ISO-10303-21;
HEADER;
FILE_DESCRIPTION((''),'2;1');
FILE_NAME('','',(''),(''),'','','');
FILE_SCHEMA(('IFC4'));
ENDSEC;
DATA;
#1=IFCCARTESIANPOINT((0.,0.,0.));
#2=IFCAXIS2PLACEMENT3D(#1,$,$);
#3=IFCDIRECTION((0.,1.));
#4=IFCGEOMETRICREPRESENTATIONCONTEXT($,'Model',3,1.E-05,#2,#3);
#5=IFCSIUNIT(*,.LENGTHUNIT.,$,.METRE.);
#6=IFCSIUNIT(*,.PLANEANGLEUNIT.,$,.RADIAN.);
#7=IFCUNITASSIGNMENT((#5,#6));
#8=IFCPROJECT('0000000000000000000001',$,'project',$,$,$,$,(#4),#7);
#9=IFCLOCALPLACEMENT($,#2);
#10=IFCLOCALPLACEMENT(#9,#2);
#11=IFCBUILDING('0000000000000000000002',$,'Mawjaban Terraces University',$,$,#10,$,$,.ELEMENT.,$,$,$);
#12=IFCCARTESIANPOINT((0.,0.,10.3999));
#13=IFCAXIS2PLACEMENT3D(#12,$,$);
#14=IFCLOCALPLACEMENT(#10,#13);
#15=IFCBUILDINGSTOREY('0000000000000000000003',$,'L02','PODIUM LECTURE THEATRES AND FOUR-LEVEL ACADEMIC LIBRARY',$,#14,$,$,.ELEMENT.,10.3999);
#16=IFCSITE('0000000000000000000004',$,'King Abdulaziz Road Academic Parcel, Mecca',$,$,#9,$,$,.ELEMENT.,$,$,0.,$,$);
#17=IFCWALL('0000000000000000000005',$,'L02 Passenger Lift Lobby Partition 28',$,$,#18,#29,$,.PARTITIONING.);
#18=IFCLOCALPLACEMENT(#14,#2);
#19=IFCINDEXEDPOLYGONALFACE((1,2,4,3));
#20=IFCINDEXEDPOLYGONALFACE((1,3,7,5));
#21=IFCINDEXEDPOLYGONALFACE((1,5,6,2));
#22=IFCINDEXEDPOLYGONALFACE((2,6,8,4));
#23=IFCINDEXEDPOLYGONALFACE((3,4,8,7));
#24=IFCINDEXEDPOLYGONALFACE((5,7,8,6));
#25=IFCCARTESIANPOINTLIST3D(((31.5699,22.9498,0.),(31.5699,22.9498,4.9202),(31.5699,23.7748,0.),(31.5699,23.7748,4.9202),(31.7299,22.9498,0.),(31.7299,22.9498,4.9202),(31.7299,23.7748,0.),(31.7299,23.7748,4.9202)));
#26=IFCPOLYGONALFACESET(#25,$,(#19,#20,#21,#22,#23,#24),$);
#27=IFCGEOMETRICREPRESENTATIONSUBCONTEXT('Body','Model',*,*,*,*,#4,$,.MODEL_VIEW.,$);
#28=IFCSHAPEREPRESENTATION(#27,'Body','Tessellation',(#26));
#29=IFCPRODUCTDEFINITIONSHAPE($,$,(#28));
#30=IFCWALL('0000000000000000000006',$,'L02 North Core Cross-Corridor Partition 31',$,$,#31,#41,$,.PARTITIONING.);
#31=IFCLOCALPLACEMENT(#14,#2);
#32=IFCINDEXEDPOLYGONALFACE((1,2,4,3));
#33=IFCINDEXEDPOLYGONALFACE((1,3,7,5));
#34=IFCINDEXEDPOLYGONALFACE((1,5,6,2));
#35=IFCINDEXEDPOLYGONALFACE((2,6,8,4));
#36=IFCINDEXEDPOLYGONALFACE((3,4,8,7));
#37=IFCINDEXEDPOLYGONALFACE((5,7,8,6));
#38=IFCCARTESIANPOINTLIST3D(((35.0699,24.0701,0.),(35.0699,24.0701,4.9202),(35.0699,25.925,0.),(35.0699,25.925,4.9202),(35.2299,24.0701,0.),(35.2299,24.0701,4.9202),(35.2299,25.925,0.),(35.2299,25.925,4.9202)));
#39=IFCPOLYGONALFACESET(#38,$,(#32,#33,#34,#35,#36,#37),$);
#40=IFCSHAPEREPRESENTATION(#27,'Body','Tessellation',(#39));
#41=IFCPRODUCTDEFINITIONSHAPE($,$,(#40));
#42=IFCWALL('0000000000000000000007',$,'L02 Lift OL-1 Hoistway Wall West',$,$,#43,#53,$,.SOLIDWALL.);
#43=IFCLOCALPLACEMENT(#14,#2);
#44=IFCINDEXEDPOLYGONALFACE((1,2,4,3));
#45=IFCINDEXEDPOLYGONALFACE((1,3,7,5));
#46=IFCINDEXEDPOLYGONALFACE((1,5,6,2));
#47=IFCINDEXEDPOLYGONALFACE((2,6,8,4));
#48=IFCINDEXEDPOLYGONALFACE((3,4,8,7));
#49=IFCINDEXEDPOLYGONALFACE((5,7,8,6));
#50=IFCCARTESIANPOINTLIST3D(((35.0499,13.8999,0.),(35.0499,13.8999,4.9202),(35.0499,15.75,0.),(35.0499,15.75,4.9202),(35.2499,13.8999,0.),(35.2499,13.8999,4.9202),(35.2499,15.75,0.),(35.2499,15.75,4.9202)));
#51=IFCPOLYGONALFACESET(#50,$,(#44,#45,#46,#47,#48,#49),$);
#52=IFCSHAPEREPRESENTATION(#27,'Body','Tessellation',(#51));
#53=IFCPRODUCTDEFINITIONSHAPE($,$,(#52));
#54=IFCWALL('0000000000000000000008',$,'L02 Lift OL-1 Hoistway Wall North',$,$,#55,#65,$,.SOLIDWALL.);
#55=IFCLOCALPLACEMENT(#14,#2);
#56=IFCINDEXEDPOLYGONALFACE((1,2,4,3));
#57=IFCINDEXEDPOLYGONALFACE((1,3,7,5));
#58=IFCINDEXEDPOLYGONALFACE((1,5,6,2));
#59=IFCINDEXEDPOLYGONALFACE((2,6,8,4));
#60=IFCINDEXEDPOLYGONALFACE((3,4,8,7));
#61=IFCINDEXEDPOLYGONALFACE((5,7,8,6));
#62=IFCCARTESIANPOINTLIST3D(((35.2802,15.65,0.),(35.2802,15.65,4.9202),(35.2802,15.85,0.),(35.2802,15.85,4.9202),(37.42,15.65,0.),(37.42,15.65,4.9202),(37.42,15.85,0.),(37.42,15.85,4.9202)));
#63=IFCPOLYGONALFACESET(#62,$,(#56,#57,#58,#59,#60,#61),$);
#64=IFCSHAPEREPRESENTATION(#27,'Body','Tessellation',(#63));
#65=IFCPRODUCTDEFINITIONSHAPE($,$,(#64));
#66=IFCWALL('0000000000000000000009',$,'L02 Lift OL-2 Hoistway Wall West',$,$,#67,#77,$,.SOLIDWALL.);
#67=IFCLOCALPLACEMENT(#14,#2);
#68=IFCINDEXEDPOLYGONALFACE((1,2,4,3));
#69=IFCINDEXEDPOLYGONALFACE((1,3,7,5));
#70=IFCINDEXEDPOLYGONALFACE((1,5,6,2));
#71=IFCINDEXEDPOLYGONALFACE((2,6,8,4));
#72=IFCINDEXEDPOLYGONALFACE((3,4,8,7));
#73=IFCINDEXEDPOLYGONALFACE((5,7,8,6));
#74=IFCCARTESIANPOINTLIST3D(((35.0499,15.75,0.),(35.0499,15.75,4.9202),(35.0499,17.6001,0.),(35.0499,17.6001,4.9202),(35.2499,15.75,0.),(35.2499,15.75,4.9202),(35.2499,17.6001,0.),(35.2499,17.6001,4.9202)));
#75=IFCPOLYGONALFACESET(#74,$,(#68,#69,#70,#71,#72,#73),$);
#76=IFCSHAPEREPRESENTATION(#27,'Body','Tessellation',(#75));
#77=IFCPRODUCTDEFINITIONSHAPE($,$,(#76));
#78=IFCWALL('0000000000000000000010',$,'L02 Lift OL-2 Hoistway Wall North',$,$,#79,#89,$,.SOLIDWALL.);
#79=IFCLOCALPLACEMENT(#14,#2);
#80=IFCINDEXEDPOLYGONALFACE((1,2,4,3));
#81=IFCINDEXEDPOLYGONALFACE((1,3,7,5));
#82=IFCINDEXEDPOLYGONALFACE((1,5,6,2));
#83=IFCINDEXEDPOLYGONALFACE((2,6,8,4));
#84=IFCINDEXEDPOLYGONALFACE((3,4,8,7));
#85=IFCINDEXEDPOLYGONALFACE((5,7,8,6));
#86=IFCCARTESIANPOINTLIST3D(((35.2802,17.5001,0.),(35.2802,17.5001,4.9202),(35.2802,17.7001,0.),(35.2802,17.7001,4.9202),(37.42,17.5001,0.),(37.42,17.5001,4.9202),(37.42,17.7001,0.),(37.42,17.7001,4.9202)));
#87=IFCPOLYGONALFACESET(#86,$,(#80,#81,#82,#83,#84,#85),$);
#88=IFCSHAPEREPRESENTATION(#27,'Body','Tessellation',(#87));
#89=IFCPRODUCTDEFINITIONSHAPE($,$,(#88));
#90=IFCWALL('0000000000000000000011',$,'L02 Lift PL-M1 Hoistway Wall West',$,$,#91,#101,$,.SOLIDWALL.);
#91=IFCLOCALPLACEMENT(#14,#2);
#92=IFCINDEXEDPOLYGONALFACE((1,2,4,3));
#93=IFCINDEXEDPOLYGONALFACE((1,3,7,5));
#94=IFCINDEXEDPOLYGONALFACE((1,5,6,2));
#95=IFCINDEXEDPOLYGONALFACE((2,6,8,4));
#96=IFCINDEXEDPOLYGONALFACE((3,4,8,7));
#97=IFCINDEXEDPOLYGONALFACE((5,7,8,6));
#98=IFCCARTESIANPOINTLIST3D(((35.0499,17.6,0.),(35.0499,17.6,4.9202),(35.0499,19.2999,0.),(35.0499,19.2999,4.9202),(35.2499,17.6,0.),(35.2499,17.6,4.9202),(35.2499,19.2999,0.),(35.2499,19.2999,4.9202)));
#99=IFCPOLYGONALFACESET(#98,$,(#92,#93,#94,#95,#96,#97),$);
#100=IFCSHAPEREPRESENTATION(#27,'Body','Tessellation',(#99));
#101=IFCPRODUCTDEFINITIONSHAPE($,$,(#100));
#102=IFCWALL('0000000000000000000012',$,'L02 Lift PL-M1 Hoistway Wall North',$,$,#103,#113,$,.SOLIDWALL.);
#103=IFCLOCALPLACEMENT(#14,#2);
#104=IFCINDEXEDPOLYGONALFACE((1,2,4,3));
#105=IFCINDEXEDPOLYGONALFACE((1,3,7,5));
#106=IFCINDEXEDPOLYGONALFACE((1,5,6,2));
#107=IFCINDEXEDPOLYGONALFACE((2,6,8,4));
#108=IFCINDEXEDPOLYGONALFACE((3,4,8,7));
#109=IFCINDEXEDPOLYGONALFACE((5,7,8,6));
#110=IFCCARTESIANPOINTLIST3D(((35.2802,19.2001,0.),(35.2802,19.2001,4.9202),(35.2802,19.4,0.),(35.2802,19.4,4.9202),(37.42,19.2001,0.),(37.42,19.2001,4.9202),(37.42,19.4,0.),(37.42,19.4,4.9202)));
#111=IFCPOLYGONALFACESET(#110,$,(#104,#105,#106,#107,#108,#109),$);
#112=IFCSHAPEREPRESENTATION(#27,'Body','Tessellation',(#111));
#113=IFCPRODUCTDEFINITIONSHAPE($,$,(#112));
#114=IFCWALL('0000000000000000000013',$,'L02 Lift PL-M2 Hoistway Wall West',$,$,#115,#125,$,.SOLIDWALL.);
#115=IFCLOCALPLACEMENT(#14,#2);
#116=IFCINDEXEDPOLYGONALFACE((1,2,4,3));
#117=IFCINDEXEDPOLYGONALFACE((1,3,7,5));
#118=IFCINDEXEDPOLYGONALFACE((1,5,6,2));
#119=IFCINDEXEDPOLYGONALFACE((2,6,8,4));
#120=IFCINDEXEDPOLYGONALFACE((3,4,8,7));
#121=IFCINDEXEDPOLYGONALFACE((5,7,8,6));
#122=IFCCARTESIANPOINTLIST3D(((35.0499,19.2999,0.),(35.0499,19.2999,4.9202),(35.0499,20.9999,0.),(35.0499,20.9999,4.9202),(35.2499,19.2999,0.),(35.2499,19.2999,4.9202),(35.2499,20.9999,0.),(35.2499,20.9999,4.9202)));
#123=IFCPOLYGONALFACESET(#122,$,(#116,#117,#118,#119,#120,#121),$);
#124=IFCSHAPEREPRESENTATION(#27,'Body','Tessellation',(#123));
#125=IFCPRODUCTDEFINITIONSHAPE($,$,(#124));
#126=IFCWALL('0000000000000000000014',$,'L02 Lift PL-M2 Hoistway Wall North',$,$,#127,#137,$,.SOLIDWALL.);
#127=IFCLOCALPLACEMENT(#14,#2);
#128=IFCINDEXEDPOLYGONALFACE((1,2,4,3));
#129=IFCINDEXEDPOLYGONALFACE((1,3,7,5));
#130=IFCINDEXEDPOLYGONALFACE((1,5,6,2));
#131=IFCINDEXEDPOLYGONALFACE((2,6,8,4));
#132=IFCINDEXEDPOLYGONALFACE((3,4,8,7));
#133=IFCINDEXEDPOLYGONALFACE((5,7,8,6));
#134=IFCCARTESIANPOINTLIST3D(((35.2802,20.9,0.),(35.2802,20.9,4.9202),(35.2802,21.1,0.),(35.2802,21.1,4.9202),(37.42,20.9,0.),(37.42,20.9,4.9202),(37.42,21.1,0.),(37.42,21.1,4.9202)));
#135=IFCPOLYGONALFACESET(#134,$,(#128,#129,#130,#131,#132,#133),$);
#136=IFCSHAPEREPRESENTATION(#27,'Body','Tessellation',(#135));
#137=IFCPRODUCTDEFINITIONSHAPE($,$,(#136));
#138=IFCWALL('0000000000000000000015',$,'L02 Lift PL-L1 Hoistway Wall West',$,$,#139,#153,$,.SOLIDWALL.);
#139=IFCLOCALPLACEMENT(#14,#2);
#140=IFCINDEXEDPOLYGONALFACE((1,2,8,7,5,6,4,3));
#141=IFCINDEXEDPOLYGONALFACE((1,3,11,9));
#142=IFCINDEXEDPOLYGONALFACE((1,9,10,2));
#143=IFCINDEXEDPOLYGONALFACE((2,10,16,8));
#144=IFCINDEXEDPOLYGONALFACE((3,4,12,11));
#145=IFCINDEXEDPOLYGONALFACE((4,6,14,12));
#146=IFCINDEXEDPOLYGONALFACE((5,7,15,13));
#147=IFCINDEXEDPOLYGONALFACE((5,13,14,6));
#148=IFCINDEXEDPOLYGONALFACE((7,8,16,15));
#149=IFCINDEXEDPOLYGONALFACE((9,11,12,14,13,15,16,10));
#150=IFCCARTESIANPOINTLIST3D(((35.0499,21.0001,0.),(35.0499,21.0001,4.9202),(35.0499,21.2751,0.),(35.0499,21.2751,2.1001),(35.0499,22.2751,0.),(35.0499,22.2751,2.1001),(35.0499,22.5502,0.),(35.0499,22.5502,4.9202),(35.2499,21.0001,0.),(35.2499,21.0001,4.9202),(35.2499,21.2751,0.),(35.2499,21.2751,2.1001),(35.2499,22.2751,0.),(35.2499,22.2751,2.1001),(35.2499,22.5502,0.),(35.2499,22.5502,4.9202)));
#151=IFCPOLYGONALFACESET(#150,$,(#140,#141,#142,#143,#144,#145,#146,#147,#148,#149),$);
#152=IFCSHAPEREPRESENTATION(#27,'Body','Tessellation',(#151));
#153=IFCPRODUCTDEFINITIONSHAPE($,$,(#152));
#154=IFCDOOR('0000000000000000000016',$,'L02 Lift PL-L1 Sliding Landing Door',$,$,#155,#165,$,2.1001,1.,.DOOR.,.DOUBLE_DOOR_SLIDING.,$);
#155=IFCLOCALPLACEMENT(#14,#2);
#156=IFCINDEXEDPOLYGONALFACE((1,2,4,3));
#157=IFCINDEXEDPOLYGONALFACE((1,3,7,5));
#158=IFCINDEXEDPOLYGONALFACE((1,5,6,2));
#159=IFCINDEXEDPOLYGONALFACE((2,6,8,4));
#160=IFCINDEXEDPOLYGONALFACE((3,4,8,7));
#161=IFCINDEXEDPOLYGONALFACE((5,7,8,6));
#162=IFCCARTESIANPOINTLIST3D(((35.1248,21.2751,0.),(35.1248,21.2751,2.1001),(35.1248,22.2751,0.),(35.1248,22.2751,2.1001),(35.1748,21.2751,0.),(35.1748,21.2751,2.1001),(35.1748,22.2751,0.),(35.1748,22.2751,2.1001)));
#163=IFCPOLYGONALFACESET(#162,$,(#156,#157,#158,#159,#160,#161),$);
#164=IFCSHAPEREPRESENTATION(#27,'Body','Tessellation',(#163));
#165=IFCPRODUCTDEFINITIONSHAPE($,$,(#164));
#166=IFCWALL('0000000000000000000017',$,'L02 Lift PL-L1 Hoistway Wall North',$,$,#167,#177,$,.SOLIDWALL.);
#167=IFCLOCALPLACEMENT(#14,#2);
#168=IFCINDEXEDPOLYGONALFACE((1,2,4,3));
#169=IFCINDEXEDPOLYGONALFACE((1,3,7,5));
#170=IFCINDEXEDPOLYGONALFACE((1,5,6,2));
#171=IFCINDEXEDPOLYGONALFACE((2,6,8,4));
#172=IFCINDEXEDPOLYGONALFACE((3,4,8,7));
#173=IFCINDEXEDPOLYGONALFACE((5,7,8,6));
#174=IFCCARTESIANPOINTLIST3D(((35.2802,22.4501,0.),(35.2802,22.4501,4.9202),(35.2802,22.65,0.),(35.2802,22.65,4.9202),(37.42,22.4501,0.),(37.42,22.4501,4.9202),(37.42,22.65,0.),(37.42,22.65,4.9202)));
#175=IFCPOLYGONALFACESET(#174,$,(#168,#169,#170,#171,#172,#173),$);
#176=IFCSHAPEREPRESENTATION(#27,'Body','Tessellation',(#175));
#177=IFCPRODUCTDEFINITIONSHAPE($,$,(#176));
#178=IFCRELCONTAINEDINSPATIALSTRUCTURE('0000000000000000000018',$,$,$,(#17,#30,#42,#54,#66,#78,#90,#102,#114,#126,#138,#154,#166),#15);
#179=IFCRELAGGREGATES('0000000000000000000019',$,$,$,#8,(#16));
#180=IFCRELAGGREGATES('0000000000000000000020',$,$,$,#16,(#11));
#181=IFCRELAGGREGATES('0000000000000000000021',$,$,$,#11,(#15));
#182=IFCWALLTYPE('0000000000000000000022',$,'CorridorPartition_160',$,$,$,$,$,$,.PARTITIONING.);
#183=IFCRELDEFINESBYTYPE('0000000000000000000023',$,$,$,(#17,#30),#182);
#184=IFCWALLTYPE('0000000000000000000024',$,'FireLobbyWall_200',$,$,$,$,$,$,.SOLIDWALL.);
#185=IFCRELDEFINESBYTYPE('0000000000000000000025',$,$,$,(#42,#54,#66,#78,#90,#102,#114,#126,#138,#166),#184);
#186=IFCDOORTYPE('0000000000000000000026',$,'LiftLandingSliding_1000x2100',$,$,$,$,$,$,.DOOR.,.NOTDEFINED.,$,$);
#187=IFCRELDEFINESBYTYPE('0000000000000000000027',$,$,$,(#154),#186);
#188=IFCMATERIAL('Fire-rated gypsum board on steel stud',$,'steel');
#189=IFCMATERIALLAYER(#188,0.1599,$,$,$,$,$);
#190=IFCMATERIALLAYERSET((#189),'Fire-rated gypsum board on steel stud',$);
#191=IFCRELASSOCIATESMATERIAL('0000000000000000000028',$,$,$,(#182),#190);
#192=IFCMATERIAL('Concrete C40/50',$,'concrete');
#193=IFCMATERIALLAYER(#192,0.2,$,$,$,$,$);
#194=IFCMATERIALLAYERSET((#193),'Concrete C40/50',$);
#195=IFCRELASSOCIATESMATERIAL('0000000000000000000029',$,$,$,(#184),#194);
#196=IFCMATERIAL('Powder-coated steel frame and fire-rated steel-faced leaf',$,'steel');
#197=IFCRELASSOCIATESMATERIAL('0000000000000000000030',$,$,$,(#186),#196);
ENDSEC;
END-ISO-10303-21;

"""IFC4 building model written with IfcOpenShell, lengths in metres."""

from ifc_helpers import new_model, si_unit, direction, frame, frame_2d, origin, place, context, subcontext, project, spatial, rectangle, extrude, material, layer, layer_set, type_object, element, fill, save


model = new_model("IFC4")

# Units and contexts
model_context = context("Model", 3, precision=1e-05, world=origin(), true_north=direction((0.0, 1.0)))
body_context = subcontext(model_context, "Body", "Model", "MODEL_VIEW")
ifc_project = project(units=[si_unit("LENGTHUNIT", "METRE"), si_unit("PLANEANGLEUNIT", "RADIAN")], contexts=[model_context])

# Site, building, storey
site_placement = place(None, origin())
site = spatial("IfcSite", under=ifc_project, at=site_placement, Name="King Abdulaziz Road Academic Parcel, Mecca", CompositionType="ELEMENT", RefElevation=0.0)
building_placement = place(site_placement, origin())
building = spatial("IfcBuilding", under=site, at=building_placement, Name="Mawjaban Terraces University", CompositionType="ELEMENT")
storey_placement = place(building_placement, frame((0.0, 0.0, 10.3999)))
storey = spatial("IfcBuildingStorey", under=building, at=storey_placement, Name="L02", Description="PODIUM LECTURE THEATRES AND FOUR-LEVEL ACADEMIC LIBRARY", CompositionType="ELEMENT", Elevation=10.3999)

# Walls
ifc_material_1 = material(Name="Fire-rated gypsum board on steel stud", Category="steel")
ifc_layer_1 = layer(ifc_material_1, 0.1599)
ifc_layer_set_1 = layer_set([ifc_layer_1], Name="Fire-rated gypsum board on steel stud")
wall_type_1 = type_object("IfcWallType", Name="CorridorPartition_160", PredefinedType="PARTITIONING", material=ifc_layer_set_1)
wall_1_placement = place(storey_placement, frame((31.6499, 23.7749, 0.0), z_axis=(0.0, 0.0, 1.0), x_axis=(0.0, -1.0, 0.0)))
element("IfcWall", 1, at=wall_1_placement, inside=storey, type_object=wall_type_1, Name="L02 Passenger Lift Lobby Partition 28", PredefinedType="PARTITIONING", context=body_context, shape_type="SweptSolid", body=[
    extrude(rectangle(XDim=0.825, YDim=0.1599, at=frame_2d((0.4126, 0.0))), origin(), (0.0, 0.0, 1.0), 4.9202),
])
wall_2_placement = place(storey_placement, frame((35.1499, 24.0701, 0.0), z_axis=(0.0, 0.0, 1.0), x_axis=(0.0, 1.0, 0.0)))
element("IfcWall", 2, at=wall_2_placement, inside=storey, type_object=wall_type_1, Name="L02 North Core Cross-Corridor Partition 31", PredefinedType="PARTITIONING", context=body_context, shape_type="SweptSolid", body=[
    extrude(rectangle(XDim=1.855, YDim=0.1599, at=frame_2d((0.9275, 0.0))), origin(), (0.0, 0.0, 1.0), 4.9202),
])
ifc_material_2 = material(Name="Concrete C40/50", Category="concrete")
ifc_layer_2 = layer(ifc_material_2, 0.2)
ifc_layer_set_2 = layer_set([ifc_layer_2], Name="Concrete C40/50")
wall_type_2 = type_object("IfcWallType", Name="FireLobbyWall_200", PredefinedType="SOLIDWALL", material=ifc_layer_set_2)
wall_3_placement = place(storey_placement, frame((35.1499, 15.75, 0.0), z_axis=(0.0, 0.0, 1.0), x_axis=(0.0, -1.0, 0.0)))
element("IfcWall", 3, at=wall_3_placement, inside=storey, type_object=wall_type_2, Name="L02 Lift OL-1 Hoistway Wall West", PredefinedType="SOLIDWALL", context=body_context, shape_type="SweptSolid", body=[
    extrude(rectangle(XDim=1.8501, YDim=0.2, at=frame_2d((0.925, 0.0))), origin(), (0.0, 0.0, 1.0), 4.9202),
])
wall_4_placement = place(storey_placement, frame((37.4199, 15.75, 0.0), z_axis=(0.0, 0.0, 1.0), x_axis=(-1.0, 0.0, 0.0)))
element("IfcWall", 4, at=wall_4_placement, inside=storey, type_object=wall_type_2, Name="L02 Lift OL-1 Hoistway Wall North", PredefinedType="SOLIDWALL", context=body_context, shape_type="SweptSolid", body=[
    extrude(rectangle(XDim=2.1399, YDim=0.2, at=frame_2d((1.0698, 0.0))), origin(), (0.0, 0.0, 1.0), 4.9202),
])
wall_5_placement = place(storey_placement, frame((35.1499, 17.6001, 0.0), z_axis=(0.0, 0.0, 1.0), x_axis=(0.0, -1.0, 0.0)))
element("IfcWall", 5, at=wall_5_placement, inside=storey, type_object=wall_type_2, Name="L02 Lift OL-2 Hoistway Wall West", PredefinedType="SOLIDWALL", context=body_context, shape_type="SweptSolid", body=[
    extrude(rectangle(XDim=1.8501, YDim=0.2, at=frame_2d((0.925, 0.0))), origin(), (0.0, 0.0, 1.0), 4.9202),
])
wall_6_placement = place(storey_placement, frame((37.4199, 17.6001, 0.0), z_axis=(0.0, 0.0, 1.0), x_axis=(-1.0, 0.0, 0.0)))
element("IfcWall", 6, at=wall_6_placement, inside=storey, type_object=wall_type_2, Name="L02 Lift OL-2 Hoistway Wall North", PredefinedType="SOLIDWALL", context=body_context, shape_type="SweptSolid", body=[
    extrude(rectangle(XDim=2.1399, YDim=0.2, at=frame_2d((1.0698, 0.0))), origin(), (0.0, 0.0, 1.0), 4.9202),
])
wall_7_placement = place(storey_placement, frame((35.1499, 19.3, 0.0), z_axis=(0.0, 0.0, 1.0), x_axis=(0.0, -1.0, 0.0)))
element("IfcWall", 7, at=wall_7_placement, inside=storey, type_object=wall_type_2, Name="L02 Lift PL-M1 Hoistway Wall West", PredefinedType="SOLIDWALL", context=body_context, shape_type="SweptSolid", body=[
    extrude(rectangle(XDim=1.7, YDim=0.2, at=frame_2d((0.8501, 0.0))), origin(), (0.0, 0.0, 1.0), 4.9202),
])
wall_8_placement = place(storey_placement, frame((37.4199, 19.3, 0.0), z_axis=(0.0, 0.0, 1.0), x_axis=(-1.0, 0.0, 0.0)))
element("IfcWall", 8, at=wall_8_placement, inside=storey, type_object=wall_type_2, Name="L02 Lift PL-M1 Hoistway Wall North", PredefinedType="SOLIDWALL", context=body_context, shape_type="SweptSolid", body=[
    extrude(rectangle(XDim=2.1399, YDim=0.2, at=frame_2d((1.0698, 0.0))), origin(), (0.0, 0.0, 1.0), 4.9202),
])
wall_9_placement = place(storey_placement, frame((35.1499, 21.0, 0.0), z_axis=(0.0, 0.0, 1.0), x_axis=(0.0, -1.0, 0.0)))
element("IfcWall", 9, at=wall_9_placement, inside=storey, type_object=wall_type_2, Name="L02 Lift PL-M2 Hoistway Wall West", PredefinedType="SOLIDWALL", context=body_context, shape_type="SweptSolid", body=[
    extrude(rectangle(XDim=1.7, YDim=0.2, at=frame_2d((0.8501, 0.0))), origin(), (0.0, 0.0, 1.0), 4.9202),
])
wall_10_placement = place(storey_placement, frame((37.4199, 21.0, 0.0), z_axis=(0.0, 0.0, 1.0), x_axis=(-1.0, 0.0, 0.0)))
element("IfcWall", 10, at=wall_10_placement, inside=storey, type_object=wall_type_2, Name="L02 Lift PL-M2 Hoistway Wall North", PredefinedType="SOLIDWALL", context=body_context, shape_type="SweptSolid", body=[
    extrude(rectangle(XDim=2.1399, YDim=0.2, at=frame_2d((1.0698, 0.0))), origin(), (0.0, 0.0, 1.0), 4.9202),
])

# Wall, opening, door
wall_11_placement = place(storey_placement, frame((35.1499, 22.55, 0.0), z_axis=(0.0, 0.0, 1.0), x_axis=(0.0, -1.0, 0.0)))
wall_11 = element("IfcWall", 11, at=wall_11_placement, inside=storey, type_object=wall_type_2, Name="L02 Lift PL-L1 Hoistway Wall West", PredefinedType="SOLIDWALL", context=body_context, shape_type="SweptSolid", body=[
    extrude(rectangle(XDim=1.55, YDim=0.2, at=frame_2d((0.7749, 0.0))), origin(), (0.0, 0.0, 1.0), 4.9202),
])
opening_1_placement = place(wall_11_placement, frame((0.2749, 0.0, 0.0)))
opening_1 = element("IfcOpeningElement", 12, at=opening_1_placement, cuts=wall_11, PredefinedType="OPENING", context=body_context, shape_type="SweptSolid", body=[
    extrude(rectangle(XDim=1.0, YDim=2.1001, at=frame_2d((0.5, 1.05))), frame((0.0, 0.1099, 0.0), z_axis=(0.0, -1.0, 0.0), x_axis=(1.0, 0.0, 0.0)), (0.0, 0.0, 1.0), 0.22),
])
ifc_material_3 = material(Name="Powder-coated steel frame and fire-rated steel-faced leaf", Category="steel")
door_type = type_object("IfcDoorType", Name="LiftLandingSliding_1000x2100", OperationType="NOTDEFINED", PredefinedType="DOOR", material=ifc_material_3)
door_1_placement = place(opening_1_placement, origin())
door_1 = element("IfcDoor", 13, at=door_1_placement, inside=storey, type_object=door_type, Name="L02 Lift PL-L1 Sliding Landing Door", OperationType="DOUBLE_DOOR_SLIDING", OverallHeight=2.1001, OverallWidth=1.0, PredefinedType="DOOR", context=body_context, shape_type="SweptSolid", body=[
    extrude(rectangle(XDim=1.0, YDim=2.1001, at=frame_2d((0.5, 1.05))), frame((0.0, 0.0249, 0.0), z_axis=(0.0, -1.0, 0.0), x_axis=(1.0, 0.0, 0.0)), (0.0, 0.0, 1.0), 0.05),
])
fill(opening_1, door_1)

# Wall
wall_12_placement = place(storey_placement, frame((37.4199, 22.55, 0.0), z_axis=(0.0, 0.0, 1.0), x_axis=(-1.0, 0.0, 0.0)))
element("IfcWall", 14, at=wall_12_placement, inside=storey, type_object=wall_type_2, Name="L02 Lift PL-L1 Hoistway Wall North", PredefinedType="SOLIDWALL", context=body_context, shape_type="SweptSolid", body=[
    extrude(rectangle(XDim=2.1399, YDim=0.2, at=frame_2d((1.0698, 0.0))), origin(), (0.0, 0.0, 1.0), 4.9202),
])

save(model, "model.ifc")
